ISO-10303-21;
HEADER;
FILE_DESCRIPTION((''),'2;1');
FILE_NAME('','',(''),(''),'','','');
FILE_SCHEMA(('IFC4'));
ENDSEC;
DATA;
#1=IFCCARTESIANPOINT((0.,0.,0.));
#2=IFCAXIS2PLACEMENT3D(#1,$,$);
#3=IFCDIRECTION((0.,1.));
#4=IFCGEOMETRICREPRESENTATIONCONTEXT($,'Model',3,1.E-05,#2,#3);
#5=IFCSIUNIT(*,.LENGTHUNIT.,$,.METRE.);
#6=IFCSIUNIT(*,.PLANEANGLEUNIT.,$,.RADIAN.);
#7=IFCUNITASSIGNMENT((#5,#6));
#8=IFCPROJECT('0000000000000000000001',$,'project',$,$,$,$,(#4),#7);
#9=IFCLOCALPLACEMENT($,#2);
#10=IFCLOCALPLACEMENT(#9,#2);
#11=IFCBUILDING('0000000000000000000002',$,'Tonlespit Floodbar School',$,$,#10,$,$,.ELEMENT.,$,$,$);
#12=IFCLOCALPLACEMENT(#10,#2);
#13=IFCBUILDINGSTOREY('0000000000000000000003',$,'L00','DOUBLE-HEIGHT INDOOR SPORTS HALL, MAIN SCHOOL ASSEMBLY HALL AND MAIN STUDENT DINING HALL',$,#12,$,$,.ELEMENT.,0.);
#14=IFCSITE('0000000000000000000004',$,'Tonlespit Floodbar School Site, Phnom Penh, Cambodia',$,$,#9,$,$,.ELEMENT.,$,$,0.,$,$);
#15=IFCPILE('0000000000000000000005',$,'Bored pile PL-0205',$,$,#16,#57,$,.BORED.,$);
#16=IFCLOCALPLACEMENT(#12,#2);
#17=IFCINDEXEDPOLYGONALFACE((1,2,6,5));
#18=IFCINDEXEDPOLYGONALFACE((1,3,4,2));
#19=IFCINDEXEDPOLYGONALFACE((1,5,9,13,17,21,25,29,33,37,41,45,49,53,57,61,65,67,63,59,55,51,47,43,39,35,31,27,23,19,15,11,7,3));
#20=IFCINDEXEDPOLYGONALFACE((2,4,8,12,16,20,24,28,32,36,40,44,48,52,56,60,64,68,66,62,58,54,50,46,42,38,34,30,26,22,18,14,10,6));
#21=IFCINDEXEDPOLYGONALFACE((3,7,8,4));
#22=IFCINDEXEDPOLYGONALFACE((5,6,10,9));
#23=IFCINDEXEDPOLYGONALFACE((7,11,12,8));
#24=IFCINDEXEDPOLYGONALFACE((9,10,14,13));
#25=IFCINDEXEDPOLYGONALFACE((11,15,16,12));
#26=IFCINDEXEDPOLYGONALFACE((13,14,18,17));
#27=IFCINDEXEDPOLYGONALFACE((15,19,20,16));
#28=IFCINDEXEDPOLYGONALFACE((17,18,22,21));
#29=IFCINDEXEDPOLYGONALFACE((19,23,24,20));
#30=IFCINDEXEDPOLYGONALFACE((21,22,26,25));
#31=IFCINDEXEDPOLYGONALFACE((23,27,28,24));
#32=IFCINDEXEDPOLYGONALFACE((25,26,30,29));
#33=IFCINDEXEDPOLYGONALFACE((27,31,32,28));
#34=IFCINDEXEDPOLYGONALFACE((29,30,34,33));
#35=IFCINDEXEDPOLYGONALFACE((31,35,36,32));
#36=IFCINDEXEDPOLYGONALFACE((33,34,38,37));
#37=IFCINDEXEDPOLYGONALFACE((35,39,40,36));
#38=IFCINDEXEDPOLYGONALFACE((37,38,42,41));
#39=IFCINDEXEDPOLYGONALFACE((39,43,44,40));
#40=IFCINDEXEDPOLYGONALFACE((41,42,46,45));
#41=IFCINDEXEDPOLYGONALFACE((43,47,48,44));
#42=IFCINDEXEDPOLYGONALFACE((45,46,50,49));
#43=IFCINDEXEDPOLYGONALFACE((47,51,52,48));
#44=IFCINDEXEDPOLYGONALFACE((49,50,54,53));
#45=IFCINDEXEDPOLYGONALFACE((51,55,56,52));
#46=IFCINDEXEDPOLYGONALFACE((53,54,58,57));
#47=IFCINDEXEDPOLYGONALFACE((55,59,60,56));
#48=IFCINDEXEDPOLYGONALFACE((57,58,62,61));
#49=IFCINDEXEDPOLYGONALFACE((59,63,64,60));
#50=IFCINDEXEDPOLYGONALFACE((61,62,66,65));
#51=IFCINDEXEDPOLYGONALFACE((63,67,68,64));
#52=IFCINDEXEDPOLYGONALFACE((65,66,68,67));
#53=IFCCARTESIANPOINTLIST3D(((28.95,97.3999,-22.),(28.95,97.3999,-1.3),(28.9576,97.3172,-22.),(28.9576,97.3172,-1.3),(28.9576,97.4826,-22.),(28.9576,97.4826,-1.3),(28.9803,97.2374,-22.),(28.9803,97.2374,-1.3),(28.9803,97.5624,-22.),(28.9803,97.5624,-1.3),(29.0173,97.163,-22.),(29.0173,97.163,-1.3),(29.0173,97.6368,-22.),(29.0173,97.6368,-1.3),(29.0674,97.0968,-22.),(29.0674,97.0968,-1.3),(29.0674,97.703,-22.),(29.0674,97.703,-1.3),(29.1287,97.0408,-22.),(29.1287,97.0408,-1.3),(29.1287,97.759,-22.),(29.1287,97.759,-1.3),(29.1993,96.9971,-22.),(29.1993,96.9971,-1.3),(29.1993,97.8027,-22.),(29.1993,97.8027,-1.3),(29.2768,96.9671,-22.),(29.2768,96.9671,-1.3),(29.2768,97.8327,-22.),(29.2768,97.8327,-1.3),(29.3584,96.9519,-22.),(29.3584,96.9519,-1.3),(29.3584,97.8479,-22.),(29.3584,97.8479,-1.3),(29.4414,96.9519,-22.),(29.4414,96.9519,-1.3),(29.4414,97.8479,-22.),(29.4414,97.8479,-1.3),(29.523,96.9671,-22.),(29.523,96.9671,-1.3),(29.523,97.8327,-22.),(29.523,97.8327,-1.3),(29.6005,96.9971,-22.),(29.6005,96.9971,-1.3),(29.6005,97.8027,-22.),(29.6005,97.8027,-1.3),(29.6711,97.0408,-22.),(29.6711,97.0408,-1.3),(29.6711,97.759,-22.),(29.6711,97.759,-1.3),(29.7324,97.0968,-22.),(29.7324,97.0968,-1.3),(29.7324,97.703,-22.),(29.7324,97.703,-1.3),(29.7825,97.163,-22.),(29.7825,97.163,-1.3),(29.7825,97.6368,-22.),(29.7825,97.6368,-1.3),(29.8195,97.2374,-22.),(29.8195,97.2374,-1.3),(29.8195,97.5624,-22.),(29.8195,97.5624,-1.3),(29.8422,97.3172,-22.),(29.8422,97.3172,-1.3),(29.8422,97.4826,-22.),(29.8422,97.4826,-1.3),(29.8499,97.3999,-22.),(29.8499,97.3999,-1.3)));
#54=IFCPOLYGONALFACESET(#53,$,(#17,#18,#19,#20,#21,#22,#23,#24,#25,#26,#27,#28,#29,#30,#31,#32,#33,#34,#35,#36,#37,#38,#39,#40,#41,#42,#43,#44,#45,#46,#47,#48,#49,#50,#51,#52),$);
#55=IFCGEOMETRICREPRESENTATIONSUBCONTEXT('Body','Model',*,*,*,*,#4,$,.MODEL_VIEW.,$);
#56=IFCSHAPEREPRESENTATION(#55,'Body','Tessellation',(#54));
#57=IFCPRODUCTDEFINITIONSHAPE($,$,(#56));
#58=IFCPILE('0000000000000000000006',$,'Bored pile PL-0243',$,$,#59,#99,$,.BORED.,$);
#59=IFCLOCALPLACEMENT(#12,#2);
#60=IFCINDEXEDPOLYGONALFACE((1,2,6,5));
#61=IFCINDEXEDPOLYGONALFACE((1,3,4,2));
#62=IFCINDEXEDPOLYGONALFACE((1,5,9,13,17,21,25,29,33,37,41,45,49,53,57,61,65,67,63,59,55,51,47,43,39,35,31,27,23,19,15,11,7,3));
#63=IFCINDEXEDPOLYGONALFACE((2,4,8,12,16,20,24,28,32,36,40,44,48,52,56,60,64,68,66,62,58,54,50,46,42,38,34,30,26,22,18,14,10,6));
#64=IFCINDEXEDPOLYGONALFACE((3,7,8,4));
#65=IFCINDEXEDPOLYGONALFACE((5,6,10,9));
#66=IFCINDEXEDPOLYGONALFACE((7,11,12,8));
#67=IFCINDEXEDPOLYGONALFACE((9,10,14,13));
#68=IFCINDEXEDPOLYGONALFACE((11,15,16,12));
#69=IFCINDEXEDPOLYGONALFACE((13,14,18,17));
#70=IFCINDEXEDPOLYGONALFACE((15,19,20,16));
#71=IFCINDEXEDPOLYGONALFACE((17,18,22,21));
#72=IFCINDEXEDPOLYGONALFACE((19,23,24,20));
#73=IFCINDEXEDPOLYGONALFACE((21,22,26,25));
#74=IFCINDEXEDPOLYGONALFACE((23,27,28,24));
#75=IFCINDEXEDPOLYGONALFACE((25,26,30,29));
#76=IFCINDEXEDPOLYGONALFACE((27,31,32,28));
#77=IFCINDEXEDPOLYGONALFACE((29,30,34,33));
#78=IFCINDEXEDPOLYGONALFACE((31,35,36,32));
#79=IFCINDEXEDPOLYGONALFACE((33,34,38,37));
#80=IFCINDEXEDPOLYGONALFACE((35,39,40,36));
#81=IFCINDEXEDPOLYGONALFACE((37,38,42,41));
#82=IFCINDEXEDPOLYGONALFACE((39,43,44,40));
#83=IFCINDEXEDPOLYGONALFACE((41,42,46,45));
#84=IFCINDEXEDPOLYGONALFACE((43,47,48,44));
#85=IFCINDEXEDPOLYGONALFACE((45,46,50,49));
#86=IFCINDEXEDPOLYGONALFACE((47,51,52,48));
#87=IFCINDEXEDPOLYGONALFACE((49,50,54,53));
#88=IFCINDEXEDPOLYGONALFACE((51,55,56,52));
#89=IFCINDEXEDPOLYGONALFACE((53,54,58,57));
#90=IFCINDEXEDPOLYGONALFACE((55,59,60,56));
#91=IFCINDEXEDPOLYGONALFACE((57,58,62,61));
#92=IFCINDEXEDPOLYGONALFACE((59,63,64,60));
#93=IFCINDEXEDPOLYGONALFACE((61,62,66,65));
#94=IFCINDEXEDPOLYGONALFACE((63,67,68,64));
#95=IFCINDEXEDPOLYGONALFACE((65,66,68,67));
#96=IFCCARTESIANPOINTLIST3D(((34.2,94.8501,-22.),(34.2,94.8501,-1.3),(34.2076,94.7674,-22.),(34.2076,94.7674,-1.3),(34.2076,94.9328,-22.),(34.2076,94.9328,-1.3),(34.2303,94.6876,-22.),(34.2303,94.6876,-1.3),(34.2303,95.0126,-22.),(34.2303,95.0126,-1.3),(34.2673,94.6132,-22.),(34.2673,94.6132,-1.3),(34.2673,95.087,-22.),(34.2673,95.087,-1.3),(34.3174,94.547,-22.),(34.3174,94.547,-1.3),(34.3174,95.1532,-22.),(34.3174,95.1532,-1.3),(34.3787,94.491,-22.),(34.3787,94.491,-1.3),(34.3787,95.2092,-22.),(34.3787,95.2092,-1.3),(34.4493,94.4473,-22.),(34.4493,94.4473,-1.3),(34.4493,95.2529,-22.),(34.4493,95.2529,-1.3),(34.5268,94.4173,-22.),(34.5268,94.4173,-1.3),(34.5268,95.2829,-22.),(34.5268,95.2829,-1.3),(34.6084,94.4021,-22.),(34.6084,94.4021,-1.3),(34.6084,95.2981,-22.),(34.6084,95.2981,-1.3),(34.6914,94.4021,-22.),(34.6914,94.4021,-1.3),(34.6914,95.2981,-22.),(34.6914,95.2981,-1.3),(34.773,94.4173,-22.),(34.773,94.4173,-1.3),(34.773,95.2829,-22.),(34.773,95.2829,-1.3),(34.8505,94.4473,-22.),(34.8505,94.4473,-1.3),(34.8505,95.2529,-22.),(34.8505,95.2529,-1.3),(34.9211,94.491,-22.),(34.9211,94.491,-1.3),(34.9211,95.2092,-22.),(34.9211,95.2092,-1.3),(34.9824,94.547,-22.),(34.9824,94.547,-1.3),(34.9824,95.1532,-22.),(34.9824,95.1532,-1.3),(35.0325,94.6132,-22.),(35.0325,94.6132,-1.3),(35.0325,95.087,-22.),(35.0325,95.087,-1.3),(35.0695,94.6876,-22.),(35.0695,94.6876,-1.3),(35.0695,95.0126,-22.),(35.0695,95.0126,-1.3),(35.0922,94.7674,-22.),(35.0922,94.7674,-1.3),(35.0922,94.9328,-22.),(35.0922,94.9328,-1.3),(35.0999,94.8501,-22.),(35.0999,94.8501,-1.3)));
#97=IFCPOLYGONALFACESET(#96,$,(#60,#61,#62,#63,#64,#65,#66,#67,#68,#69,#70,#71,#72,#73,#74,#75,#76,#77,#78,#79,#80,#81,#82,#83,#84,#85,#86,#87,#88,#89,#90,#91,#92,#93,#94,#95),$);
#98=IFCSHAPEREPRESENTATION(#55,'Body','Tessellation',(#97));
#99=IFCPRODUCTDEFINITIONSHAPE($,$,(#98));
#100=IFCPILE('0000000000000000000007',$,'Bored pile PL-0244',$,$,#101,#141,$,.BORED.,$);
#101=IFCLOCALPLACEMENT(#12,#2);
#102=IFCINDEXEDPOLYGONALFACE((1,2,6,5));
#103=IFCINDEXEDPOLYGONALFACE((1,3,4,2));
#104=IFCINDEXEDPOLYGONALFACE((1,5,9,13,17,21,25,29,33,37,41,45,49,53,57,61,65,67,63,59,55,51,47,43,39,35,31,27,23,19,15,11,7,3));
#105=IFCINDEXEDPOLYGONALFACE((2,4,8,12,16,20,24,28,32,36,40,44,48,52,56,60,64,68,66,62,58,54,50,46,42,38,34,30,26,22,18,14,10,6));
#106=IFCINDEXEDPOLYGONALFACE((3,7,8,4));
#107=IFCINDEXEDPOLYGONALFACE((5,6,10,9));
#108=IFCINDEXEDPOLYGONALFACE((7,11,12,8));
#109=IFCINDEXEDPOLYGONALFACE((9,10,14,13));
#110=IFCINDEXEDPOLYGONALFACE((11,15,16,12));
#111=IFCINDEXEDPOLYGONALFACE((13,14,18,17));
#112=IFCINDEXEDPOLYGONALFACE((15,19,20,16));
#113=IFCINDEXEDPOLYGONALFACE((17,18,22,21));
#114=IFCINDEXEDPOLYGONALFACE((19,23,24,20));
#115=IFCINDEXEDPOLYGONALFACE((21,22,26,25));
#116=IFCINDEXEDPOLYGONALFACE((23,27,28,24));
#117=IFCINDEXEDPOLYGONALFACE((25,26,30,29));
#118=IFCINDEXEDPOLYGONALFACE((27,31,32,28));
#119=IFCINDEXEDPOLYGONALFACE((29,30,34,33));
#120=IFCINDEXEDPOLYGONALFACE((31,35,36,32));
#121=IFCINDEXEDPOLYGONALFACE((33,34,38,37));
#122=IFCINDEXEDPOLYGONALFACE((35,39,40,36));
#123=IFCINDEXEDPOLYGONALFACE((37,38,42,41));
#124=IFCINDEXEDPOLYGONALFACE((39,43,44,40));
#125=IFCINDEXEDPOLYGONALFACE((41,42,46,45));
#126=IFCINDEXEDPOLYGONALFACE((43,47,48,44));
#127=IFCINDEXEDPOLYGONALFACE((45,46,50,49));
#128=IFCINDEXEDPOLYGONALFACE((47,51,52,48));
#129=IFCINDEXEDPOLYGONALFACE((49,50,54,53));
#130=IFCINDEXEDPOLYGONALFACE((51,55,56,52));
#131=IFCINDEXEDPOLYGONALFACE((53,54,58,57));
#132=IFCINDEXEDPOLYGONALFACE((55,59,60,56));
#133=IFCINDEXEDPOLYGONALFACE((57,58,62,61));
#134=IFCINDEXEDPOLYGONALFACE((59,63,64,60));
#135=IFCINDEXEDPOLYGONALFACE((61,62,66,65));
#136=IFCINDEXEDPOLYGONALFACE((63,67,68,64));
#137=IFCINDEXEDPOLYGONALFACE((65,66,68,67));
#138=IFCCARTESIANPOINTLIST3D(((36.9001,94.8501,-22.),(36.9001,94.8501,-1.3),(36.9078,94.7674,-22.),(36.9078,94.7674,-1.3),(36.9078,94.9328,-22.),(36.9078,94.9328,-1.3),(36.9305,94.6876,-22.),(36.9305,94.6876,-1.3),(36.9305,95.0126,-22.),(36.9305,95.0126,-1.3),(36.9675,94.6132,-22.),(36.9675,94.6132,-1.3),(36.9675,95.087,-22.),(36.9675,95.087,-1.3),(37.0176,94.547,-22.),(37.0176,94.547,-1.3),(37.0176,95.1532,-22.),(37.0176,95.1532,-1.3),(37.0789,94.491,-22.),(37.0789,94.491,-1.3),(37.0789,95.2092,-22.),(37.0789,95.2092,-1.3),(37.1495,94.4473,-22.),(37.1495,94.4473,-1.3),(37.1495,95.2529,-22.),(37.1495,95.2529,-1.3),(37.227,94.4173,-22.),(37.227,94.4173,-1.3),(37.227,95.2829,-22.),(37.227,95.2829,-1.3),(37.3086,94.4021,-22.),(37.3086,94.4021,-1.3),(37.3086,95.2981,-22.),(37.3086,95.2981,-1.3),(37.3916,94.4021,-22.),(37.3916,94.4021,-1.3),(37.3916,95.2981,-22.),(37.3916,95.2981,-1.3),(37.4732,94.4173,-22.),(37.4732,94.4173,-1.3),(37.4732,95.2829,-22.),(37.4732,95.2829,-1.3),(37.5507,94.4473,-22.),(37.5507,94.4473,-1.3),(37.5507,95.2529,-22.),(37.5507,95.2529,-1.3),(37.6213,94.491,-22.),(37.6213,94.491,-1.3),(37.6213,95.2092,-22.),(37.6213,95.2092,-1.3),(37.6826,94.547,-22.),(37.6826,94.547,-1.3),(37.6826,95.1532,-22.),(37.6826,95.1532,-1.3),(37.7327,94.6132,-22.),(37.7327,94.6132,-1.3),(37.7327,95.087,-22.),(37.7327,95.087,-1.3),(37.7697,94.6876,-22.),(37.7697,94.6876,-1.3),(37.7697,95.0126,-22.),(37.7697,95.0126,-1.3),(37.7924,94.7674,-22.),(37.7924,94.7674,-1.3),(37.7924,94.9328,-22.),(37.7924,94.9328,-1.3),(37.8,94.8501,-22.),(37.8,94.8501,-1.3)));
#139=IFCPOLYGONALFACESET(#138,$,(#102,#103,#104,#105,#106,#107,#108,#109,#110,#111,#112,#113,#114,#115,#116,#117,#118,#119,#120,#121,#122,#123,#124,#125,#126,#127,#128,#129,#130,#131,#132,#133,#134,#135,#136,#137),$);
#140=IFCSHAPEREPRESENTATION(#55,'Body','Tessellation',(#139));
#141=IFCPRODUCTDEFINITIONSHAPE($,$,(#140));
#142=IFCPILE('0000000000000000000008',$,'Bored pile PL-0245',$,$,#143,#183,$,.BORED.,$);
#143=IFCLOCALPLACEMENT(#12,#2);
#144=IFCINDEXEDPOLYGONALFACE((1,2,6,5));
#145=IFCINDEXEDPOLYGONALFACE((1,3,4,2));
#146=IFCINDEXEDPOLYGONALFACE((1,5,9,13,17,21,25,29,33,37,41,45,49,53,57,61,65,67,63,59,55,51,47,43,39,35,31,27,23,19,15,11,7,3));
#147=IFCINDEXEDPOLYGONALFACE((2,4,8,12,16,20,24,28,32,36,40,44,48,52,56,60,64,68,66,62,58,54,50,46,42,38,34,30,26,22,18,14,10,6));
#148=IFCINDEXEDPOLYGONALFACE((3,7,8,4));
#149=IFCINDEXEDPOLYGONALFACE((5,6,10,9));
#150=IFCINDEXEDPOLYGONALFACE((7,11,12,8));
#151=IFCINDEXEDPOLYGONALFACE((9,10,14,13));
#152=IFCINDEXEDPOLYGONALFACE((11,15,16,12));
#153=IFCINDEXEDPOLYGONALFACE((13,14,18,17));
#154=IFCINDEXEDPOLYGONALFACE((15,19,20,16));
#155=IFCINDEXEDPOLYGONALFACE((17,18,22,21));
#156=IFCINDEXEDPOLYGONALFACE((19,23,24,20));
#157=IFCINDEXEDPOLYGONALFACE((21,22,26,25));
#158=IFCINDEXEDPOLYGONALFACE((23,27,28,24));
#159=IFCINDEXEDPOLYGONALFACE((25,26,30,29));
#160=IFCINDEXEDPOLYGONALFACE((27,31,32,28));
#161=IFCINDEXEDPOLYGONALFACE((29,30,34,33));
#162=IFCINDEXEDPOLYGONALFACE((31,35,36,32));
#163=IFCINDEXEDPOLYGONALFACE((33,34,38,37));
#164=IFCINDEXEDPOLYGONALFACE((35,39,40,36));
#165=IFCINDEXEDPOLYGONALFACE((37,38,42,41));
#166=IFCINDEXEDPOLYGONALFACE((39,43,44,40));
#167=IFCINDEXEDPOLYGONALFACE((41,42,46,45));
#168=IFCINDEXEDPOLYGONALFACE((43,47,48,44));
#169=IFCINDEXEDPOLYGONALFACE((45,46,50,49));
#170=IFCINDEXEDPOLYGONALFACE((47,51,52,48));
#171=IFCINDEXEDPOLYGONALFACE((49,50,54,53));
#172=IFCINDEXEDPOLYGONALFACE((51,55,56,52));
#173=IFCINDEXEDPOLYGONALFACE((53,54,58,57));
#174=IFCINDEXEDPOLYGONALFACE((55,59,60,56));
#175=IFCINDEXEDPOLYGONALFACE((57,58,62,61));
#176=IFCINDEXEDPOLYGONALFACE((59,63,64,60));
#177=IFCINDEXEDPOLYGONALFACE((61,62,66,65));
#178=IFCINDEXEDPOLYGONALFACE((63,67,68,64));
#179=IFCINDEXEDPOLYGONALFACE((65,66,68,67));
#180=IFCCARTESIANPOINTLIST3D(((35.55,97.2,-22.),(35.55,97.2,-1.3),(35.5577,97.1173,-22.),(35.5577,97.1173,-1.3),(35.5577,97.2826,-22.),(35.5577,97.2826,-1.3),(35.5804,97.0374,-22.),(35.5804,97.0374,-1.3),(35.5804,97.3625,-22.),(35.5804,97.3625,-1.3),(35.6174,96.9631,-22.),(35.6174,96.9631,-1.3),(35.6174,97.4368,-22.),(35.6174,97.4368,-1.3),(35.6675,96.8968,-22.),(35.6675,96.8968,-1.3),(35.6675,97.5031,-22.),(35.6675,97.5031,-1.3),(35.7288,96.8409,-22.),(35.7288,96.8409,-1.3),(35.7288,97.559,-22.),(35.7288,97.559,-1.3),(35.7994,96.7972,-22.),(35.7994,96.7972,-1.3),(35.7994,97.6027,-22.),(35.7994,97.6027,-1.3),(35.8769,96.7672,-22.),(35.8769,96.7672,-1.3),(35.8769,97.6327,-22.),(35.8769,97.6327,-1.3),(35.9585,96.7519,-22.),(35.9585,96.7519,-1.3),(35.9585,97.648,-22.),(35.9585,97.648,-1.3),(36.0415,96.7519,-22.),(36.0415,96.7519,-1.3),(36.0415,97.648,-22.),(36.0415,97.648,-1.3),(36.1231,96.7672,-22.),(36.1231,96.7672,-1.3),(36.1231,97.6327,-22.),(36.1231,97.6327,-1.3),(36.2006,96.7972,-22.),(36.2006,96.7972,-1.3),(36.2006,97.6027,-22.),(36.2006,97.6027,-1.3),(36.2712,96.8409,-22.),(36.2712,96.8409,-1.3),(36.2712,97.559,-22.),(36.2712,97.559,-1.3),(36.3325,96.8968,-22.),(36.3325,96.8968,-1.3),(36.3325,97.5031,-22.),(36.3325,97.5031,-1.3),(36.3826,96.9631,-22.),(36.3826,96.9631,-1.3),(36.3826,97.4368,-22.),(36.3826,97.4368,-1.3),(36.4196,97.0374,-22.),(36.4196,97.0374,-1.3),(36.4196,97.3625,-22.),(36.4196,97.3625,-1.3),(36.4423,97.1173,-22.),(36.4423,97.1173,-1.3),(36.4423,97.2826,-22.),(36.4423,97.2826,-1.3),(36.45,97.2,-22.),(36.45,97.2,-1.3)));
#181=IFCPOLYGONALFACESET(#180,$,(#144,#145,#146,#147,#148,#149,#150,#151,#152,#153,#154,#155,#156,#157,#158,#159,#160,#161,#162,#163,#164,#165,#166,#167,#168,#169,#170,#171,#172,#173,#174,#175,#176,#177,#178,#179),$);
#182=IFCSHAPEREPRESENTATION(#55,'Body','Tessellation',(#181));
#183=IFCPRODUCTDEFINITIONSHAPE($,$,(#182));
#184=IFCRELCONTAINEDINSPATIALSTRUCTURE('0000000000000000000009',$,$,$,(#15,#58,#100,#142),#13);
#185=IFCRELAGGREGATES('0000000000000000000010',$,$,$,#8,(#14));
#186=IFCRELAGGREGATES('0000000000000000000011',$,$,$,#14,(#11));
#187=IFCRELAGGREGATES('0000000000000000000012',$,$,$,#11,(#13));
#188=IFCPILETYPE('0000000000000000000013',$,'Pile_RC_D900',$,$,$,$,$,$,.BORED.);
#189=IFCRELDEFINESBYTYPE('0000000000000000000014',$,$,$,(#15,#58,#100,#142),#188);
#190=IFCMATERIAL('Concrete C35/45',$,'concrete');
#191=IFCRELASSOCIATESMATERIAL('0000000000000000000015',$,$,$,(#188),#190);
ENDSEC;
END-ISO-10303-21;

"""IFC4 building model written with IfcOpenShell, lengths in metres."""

from ifc_helpers import new_model, si_unit, direction, frame, origin, origin_2d, place, context, subcontext, project, spatial, circle, extrude, material, material_profile, profile_set, type_object, element, save


model = new_model("IFC4")

# Units and contexts
model_context = context("Model", 3, precision=1e-05, world=origin(), true_north=direction((0.0, 1.0)))
body_context = subcontext(model_context, "Body", "Model", "MODEL_VIEW")
ifc_project = project(units=[si_unit("LENGTHUNIT", "METRE"), si_unit("PLANEANGLEUNIT", "RADIAN")], contexts=[model_context])

# Site, building, storey
site_placement = place(None, origin())
site = spatial("IfcSite", under=ifc_project, at=site_placement, Name="Tonlespit Floodbar School Site, Phnom Penh, Cambodia", CompositionType="ELEMENT", RefElevation=0.0)
building_placement = place(site_placement, origin())
building = spatial("IfcBuilding", under=site, at=building_placement, Name="Tonlespit Floodbar School", CompositionType="ELEMENT")
storey_placement = place(building_placement, origin())
storey = spatial("IfcBuildingStorey", under=building, at=storey_placement, Name="L00", Description="DOUBLE-HEIGHT INDOOR SPORTS HALL, MAIN SCHOOL ASSEMBLY HALL AND MAIN STUDENT DINING HALL", CompositionType="ELEMENT", Elevation=0.0)

# Piles
ifc_material_1 = material(Name="Concrete C35/45", Category="concrete")
ifc_material_profile_1 = material_profile(ifc_material_1, circle(Radius=0.45, at=origin_2d()), Name="BP D900")
ifc_profile_set_1 = profile_set([ifc_material_profile_1], Name="Concrete C35/45")
pile_type_1 = type_object("IfcPileType", Name="Pile_RC_D900", PredefinedType="BORED", material=ifc_profile_set_1)
for number, where, z_axis, x_axis, name in (
    (1, (29.3999, 97.3999, -1.3), (0.0, 0.0, -1.0), (1.0, 0.0, 0.0), "Bored pile PL-0205"),
    (2, (34.6499, 94.8501, -1.3), (0.0, 0.0, -1.0), (1.0, 0.0, 0.0), "Bored pile PL-0243"),
    (3, (37.3501, 94.8501, -1.3), (0.0, 0.0, -1.0), (1.0, 0.0, 0.0), "Bored pile PL-0244"),
    (4, (36.0, 97.2, -1.3), (0.0, 0.0, -1.0), (1.0, 0.0, 0.0), "Bored pile PL-0245"),
):
    element("IfcPile", number, at=place(storey_placement, frame(where, z_axis=z_axis, x_axis=x_axis)), inside=storey, type_object=pile_type_1, Name=name, PredefinedType="BORED", context=body_context, shape_type="SweptSolid", body=[
        extrude(circle(Radius=0.45, at=origin_2d()), origin(), (0.0, 0.0, 1.0), 20.7),
    ])

save(model, "model.ifc")
